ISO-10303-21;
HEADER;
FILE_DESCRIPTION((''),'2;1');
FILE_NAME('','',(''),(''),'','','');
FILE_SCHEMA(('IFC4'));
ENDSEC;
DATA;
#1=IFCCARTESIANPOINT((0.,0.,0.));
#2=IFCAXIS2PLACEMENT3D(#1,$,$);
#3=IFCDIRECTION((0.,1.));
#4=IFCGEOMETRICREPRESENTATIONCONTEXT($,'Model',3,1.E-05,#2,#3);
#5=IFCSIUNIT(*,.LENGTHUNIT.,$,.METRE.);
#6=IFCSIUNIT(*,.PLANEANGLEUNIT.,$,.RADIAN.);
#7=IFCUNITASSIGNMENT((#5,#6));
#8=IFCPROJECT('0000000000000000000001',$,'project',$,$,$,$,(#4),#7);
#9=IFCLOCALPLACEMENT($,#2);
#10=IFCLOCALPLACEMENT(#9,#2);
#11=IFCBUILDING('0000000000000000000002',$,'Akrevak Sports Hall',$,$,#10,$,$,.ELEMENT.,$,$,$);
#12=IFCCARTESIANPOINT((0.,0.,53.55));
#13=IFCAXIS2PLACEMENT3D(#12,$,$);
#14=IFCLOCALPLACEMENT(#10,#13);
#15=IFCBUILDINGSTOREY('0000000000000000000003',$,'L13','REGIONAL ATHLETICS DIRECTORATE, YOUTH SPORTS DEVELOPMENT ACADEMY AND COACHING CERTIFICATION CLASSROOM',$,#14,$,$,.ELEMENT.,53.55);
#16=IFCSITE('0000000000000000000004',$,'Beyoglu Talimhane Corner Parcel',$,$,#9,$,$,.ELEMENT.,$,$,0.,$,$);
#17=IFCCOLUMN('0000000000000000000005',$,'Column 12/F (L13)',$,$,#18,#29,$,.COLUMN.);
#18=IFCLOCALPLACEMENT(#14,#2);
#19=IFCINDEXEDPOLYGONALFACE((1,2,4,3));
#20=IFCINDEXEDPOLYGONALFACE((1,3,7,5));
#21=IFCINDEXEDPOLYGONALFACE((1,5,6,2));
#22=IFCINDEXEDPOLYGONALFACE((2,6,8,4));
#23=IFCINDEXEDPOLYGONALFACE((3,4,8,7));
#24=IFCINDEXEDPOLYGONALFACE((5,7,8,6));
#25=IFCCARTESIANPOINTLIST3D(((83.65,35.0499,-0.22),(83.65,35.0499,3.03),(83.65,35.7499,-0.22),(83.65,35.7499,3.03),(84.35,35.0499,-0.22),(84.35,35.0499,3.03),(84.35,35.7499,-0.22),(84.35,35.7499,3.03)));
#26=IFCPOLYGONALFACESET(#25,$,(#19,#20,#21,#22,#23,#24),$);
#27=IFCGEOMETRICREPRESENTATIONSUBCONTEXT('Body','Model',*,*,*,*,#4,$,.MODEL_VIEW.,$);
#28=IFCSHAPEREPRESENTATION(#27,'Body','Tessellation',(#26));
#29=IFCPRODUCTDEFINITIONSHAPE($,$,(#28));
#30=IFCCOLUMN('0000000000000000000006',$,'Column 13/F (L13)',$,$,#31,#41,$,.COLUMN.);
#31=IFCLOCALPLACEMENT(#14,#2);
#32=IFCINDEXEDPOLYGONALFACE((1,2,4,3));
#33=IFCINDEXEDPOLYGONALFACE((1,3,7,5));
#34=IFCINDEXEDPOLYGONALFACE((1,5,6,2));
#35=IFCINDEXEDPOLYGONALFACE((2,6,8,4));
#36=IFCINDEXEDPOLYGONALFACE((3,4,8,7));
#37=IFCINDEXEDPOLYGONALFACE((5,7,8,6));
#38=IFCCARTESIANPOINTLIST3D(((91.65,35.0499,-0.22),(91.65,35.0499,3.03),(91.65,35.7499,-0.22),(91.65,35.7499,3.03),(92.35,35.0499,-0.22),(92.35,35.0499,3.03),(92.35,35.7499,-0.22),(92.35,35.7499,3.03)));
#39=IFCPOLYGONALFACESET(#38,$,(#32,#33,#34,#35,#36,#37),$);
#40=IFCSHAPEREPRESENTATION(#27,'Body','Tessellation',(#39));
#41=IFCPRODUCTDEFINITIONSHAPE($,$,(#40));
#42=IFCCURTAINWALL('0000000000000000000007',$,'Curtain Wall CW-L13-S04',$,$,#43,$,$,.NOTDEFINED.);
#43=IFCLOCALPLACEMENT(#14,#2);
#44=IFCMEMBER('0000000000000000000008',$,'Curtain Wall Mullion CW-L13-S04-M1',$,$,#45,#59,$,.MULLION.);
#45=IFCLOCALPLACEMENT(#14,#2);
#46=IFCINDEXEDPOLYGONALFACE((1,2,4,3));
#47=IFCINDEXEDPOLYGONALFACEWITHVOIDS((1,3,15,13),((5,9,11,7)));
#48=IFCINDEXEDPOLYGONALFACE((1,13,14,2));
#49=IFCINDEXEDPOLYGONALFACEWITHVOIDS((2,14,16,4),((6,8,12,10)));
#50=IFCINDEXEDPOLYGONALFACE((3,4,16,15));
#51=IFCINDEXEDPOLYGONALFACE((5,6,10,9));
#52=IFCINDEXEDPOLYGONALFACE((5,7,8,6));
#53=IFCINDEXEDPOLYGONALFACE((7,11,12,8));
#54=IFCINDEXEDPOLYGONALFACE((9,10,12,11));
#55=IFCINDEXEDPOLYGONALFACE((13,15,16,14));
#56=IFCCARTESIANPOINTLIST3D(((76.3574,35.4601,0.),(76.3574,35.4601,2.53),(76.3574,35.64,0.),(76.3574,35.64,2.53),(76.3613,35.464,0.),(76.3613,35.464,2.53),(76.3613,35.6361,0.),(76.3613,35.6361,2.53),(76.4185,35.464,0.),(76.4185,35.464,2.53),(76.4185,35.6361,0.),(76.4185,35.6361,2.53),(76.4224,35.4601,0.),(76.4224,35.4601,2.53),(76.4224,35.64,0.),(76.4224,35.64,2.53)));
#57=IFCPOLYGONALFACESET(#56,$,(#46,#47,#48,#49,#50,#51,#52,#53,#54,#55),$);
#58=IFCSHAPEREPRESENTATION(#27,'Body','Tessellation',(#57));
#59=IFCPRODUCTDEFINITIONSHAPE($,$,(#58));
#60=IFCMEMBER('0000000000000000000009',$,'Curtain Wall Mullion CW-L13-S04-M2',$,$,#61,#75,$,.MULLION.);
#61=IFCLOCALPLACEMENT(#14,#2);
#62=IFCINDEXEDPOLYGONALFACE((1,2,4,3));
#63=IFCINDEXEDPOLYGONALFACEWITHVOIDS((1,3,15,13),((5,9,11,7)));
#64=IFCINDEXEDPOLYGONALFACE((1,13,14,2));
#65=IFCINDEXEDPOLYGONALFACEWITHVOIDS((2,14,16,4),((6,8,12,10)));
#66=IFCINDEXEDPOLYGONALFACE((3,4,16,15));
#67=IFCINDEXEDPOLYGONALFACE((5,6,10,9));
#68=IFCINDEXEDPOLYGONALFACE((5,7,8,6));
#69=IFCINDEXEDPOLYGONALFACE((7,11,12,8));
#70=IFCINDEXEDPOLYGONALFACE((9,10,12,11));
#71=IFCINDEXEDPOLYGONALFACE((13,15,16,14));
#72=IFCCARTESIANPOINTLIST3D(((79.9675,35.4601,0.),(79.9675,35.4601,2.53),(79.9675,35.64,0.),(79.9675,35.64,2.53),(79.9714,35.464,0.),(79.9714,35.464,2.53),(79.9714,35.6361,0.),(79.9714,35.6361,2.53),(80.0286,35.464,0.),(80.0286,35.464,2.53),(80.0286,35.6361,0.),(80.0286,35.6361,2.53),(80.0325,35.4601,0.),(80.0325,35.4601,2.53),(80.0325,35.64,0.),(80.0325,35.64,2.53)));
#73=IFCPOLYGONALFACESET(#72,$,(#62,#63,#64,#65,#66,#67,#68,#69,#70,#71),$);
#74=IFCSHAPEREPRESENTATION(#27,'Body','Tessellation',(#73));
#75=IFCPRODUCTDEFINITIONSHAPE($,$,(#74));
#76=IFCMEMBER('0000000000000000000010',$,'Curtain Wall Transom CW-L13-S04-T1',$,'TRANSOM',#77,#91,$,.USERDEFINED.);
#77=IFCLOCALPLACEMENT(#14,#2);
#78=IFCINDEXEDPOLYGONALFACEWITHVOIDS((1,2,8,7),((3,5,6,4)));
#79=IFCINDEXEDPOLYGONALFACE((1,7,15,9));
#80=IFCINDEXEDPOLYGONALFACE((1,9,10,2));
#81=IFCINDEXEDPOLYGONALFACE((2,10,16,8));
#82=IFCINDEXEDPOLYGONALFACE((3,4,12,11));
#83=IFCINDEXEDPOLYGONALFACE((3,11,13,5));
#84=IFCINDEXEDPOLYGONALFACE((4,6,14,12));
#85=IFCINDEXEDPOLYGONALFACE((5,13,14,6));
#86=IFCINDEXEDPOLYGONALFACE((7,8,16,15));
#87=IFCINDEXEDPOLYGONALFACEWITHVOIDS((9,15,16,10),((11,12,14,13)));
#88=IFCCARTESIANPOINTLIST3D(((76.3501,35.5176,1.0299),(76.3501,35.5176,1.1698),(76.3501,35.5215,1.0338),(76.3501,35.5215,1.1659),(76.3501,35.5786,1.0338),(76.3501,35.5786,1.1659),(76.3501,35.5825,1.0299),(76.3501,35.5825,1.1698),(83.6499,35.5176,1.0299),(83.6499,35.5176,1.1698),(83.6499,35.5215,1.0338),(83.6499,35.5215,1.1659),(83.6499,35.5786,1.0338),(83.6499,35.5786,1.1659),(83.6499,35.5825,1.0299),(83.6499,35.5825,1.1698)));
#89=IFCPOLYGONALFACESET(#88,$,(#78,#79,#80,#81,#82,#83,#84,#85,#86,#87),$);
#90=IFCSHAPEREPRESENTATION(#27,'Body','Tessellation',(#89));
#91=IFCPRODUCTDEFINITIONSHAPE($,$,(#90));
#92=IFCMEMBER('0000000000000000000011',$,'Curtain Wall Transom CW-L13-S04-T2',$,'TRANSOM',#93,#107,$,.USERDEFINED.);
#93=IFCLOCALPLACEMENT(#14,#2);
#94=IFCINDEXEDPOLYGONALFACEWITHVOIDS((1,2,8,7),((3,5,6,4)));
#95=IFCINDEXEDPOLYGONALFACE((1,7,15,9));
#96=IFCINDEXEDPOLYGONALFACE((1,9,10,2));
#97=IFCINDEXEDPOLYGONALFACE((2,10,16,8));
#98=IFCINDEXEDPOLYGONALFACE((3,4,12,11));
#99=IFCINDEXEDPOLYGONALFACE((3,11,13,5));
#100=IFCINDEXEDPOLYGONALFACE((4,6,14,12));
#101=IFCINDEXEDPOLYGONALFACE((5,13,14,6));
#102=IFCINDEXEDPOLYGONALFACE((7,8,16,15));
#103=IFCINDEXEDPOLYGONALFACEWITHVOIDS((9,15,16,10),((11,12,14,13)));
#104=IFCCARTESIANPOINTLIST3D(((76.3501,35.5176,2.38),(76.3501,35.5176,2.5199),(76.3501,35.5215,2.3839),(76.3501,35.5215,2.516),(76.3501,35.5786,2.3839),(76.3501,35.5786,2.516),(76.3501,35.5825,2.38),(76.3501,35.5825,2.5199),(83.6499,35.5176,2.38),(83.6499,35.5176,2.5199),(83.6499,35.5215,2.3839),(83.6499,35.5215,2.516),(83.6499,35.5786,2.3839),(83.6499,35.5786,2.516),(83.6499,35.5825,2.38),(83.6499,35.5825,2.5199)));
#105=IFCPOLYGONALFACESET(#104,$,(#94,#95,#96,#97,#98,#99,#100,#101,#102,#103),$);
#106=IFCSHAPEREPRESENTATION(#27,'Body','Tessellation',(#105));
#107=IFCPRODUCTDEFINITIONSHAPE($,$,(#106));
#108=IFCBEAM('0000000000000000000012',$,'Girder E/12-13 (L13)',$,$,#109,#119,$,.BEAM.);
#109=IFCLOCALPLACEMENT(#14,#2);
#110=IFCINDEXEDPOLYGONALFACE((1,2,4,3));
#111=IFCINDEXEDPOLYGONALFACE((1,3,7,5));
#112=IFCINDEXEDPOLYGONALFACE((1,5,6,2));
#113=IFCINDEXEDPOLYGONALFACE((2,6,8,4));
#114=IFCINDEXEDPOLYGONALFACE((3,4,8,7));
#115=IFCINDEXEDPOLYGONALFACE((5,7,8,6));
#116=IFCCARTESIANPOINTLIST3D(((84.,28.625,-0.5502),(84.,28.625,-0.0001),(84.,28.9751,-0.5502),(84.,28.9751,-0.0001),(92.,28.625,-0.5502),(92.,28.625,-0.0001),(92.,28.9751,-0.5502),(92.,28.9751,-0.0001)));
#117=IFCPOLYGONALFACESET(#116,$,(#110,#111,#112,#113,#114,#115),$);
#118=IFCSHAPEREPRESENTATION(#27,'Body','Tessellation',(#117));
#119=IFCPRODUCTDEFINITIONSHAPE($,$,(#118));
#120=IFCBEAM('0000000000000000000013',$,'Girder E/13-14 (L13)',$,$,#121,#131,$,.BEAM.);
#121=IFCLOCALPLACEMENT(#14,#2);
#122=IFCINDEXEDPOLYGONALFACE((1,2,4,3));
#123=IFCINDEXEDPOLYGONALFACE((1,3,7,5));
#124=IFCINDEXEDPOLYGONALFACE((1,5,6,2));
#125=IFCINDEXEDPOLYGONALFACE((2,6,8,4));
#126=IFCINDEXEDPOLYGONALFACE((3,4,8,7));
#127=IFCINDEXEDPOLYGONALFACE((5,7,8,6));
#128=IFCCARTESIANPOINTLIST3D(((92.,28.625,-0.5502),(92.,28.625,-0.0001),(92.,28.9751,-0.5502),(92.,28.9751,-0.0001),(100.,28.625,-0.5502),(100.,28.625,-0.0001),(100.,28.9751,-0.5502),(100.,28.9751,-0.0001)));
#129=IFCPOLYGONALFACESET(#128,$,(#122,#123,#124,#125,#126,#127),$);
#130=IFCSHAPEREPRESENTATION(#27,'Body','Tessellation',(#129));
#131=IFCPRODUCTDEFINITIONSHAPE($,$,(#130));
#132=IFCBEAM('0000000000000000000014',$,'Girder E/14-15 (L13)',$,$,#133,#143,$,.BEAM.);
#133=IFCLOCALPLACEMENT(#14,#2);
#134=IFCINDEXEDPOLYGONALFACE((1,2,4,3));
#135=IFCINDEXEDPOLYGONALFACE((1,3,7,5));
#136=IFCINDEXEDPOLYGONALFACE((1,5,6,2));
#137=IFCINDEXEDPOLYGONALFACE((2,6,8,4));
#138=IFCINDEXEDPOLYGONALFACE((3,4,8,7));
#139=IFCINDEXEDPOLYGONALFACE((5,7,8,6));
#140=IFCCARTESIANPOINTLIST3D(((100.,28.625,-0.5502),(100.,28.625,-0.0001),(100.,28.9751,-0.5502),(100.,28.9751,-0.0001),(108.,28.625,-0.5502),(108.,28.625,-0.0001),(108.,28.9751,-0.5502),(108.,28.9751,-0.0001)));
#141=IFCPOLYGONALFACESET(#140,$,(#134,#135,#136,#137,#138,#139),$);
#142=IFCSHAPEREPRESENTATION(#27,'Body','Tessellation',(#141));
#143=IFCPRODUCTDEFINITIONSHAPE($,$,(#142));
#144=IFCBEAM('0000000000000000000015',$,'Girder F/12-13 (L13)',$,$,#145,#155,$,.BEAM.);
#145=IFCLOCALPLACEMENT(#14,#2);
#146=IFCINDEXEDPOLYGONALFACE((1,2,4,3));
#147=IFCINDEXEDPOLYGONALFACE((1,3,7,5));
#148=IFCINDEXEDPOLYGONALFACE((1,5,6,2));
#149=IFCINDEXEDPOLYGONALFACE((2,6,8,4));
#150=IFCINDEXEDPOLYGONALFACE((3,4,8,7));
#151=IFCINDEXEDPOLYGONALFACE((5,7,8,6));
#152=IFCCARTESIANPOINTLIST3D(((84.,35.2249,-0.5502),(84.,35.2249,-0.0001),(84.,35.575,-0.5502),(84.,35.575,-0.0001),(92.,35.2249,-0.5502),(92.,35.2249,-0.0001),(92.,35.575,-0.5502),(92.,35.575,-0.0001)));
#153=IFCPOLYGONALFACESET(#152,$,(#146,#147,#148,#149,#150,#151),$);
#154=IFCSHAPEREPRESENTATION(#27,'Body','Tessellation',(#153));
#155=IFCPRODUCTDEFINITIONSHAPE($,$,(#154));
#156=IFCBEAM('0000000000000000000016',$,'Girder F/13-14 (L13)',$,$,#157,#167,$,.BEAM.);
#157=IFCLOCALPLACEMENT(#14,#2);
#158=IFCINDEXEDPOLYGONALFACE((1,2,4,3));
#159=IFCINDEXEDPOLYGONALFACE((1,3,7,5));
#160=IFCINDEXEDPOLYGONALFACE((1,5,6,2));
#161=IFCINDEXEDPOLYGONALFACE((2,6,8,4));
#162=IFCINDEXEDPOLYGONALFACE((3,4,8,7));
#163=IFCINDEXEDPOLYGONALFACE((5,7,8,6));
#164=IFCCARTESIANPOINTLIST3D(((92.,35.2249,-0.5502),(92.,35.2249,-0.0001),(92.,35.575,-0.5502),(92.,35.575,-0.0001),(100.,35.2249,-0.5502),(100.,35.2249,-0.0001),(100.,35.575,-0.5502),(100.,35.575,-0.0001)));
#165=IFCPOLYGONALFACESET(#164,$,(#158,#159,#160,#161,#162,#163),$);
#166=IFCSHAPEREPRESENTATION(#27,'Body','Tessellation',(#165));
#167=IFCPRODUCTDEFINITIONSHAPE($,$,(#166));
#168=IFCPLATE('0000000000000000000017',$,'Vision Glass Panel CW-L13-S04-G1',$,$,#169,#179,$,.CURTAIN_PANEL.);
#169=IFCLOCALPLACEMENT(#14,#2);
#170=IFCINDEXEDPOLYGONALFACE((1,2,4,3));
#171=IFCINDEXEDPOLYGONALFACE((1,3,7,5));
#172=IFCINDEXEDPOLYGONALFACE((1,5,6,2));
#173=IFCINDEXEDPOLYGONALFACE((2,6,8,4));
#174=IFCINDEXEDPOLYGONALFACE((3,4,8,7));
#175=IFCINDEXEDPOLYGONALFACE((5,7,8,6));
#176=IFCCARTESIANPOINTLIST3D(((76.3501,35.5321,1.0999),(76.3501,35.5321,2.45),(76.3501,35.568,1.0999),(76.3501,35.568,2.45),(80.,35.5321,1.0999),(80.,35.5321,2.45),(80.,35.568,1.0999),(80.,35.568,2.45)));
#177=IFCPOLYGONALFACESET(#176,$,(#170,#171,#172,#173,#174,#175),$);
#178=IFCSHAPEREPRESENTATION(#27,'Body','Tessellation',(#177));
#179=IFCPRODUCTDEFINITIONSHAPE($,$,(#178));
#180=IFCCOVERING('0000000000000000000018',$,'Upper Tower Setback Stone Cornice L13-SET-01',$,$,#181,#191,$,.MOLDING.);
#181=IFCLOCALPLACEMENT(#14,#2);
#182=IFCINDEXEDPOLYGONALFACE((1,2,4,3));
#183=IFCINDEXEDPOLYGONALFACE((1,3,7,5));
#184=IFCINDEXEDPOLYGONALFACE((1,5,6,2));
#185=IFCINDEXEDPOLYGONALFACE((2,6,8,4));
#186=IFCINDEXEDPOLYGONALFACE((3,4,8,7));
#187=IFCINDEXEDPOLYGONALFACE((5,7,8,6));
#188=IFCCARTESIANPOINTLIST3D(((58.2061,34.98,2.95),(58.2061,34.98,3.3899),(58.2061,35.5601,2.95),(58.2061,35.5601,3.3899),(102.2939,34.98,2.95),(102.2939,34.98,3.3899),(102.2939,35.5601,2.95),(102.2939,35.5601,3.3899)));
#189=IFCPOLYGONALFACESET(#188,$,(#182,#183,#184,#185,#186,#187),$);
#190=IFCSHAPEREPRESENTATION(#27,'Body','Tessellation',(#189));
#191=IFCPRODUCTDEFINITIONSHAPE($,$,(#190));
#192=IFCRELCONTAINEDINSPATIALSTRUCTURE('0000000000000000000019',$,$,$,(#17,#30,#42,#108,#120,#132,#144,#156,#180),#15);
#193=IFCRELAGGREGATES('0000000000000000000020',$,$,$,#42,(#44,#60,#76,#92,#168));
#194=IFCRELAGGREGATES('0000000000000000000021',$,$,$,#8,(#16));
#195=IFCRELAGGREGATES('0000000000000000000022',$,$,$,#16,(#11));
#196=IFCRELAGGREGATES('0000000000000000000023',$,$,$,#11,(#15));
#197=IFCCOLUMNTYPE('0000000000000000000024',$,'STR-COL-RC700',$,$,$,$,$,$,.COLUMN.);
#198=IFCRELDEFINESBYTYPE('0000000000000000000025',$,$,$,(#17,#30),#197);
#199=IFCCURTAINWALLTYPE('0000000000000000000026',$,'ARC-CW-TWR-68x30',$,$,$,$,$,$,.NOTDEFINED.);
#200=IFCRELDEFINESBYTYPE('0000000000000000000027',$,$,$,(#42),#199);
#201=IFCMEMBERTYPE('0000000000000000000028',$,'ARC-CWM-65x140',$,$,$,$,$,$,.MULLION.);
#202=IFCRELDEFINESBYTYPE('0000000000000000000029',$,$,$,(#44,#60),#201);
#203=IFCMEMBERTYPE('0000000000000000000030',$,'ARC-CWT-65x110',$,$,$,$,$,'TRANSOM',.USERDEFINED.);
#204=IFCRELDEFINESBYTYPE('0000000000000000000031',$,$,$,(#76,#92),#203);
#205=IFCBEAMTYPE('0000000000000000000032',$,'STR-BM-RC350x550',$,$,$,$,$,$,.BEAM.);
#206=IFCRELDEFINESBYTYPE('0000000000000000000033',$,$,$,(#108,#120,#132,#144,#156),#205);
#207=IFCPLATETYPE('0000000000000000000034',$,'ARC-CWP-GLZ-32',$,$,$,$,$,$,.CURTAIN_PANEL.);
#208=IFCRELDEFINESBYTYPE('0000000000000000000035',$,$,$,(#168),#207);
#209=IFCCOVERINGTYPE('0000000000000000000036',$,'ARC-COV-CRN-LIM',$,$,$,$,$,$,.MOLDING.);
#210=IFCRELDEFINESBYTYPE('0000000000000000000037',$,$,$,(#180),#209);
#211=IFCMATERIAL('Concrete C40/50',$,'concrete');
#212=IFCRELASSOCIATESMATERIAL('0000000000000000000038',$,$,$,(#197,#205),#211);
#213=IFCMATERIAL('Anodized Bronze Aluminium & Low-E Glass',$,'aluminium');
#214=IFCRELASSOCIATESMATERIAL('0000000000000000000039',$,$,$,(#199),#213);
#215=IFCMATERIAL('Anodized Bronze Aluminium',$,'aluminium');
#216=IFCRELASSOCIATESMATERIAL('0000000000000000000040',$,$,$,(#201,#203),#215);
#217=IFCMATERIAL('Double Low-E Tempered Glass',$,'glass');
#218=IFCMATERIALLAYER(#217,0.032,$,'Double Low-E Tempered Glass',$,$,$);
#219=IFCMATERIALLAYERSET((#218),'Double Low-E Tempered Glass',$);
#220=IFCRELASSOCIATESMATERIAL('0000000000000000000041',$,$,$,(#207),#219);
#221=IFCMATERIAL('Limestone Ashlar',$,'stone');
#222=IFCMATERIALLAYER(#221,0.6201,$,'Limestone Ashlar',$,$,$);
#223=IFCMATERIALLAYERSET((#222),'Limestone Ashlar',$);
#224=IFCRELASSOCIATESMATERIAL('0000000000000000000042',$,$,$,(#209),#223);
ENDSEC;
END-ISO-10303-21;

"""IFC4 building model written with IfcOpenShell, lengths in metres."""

from ifc_helpers import new_model, si_unit, direction, frame, origin, origin_2d, place, context, subcontext, project, spatial, rectangle, hollow_rectangle, extrude, material, layer, layer_set, material_profile, profile_set, type_object, element, aggregate, save


model = new_model("IFC4")

# Units and contexts
model_context = context("Model", 3, precision=1e-05, world=origin(), true_north=direction((0.0, 1.0)))
body_context = subcontext(model_context, "Body", "Model", "MODEL_VIEW")
ifc_project = project(units=[si_unit("LENGTHUNIT", "METRE"), si_unit("PLANEANGLEUNIT", "RADIAN")], contexts=[model_context])

# Site, building, storey
site_placement = place(None, origin())
site = spatial("IfcSite", under=ifc_project, at=site_placement, Name="Beyoglu Talimhane Corner Parcel", CompositionType="ELEMENT", RefElevation=0.0)
building_placement = place(site_placement, origin())
building = spatial("IfcBuilding", under=site, at=building_placement, Name="Akrevak Sports Hall", CompositionType="ELEMENT")
storey_placement = place(building_placement, frame((0.0, 0.0, 53.55)))
storey = spatial("IfcBuildingStorey", under=building, at=storey_placement, Name="L13", Description="REGIONAL ATHLETICS DIRECTORATE, YOUTH SPORTS DEVELOPMENT ACADEMY AND COACHING CERTIFICATION CLASSROOM", CompositionType="ELEMENT", Elevation=53.55)

# Columns
ifc_material_1 = material(Name="Concrete C40/50", Category="concrete")
ifc_material_profile_1 = material_profile(ifc_material_1, rectangle(XDim=0.7, YDim=0.7, at=origin_2d()), Name="RC 700x700", Category="concrete")
ifc_profile_set_1 = profile_set([ifc_material_profile_1], Name="Concrete C40/50")
column_type = type_object("IfcColumnType", Name="STR-COL-RC700", PredefinedType="COLUMN", material=ifc_profile_set_1)
for number, where, z_axis, x_axis, name in (
    (1, (84.0, 35.3999, -0.22), (0.0, 0.0, 1.0), (1.0, 0.0, 0.0), "Column 12/F (L13)"),
    (2, (92.0, 35.3999, -0.22), (0.0, 0.0, 1.0), (1.0, 0.0, 0.0), "Column 13/F (L13)"),
):
    element("IfcColumn", number, at=place(storey_placement, frame(where, z_axis=z_axis, x_axis=x_axis)), inside=storey, type_object=column_type, Name=name, PredefinedType="COLUMN", context=body_context, shape_type="SweptSolid", body=[
        extrude(rectangle(XDim=0.7, YDim=0.7, at=origin_2d()), origin(), (0.0, 0.0, 1.0), 3.25),
    ])

# Curtain wall, members
ifc_material_2 = material(Name="Anodized Bronze Aluminium & Low-E Glass", Category="aluminium")
curtain_wall_type = type_object("IfcCurtainWallType", Name="ARC-CW-TWR-68x30", PredefinedType="NOTDEFINED", material=ifc_material_2)
curtain_wall_placement = place(storey_placement, origin())
curtain_wall = element("IfcCurtainWall", 3, at=curtain_wall_placement, inside=storey, type_object=curtain_wall_type, Name="Curtain Wall CW-L13-S04", PredefinedType="NOTDEFINED")
ifc_material_3 = material(Name="Anodized Bronze Aluminium", Category="aluminium")
ifc_material_profile_2 = material_profile(ifc_material_3, hollow_rectangle(XDim=0.0649, YDim=0.1799, WallThickness=0.0039, at=origin_2d()), Name="CWM 65x180", Category="aluminium")
ifc_profile_set_2 = profile_set([ifc_material_profile_2], Name="Anodized Bronze Aluminium")
member_type_1 = type_object("IfcMemberType", Name="ARC-CWM-65x140", PredefinedType="MULLION", material=ifc_profile_set_2)
member_1_placement = place(storey_placement, frame((76.3899, 35.55, 0.0), z_axis=(0.0, 0.0, 1.0), x_axis=(1.0, 0.0, 0.0)))
member_1 = element("IfcMember", 4, at=member_1_placement, type_object=member_type_1, Name="Curtain Wall Mullion CW-L13-S04-M1", PredefinedType="MULLION", context=body_context, shape_type="SweptSolid", body=[
    extrude(hollow_rectangle(XDim=0.0649, YDim=0.1799, WallThickness=0.0039, at=origin_2d()), origin(), (0.0, 0.0, 1.0), 2.53),
])
member_2_placement = place(storey_placement, frame((80.0, 35.55, 0.0), z_axis=(0.0, 0.0, 1.0), x_axis=(1.0, 0.0, 0.0)))
member_2 = element("IfcMember", 5, at=member_2_placement, type_object=member_type_1, Name="Curtain Wall Mullion CW-L13-S04-M2", PredefinedType="MULLION", context=body_context, shape_type="SweptSolid", body=[
    extrude(hollow_rectangle(XDim=0.0649, YDim=0.1799, WallThickness=0.0039, at=origin_2d()), origin(), (0.0, 0.0, 1.0), 2.53),
])
ifc_material_profile_3 = material_profile(ifc_material_3, hollow_rectangle(XDim=0.0649, YDim=0.1399, WallThickness=0.0039, at=origin_2d()), Name="CWT 65x140", Category="aluminium")
ifc_profile_set_3 = profile_set([ifc_material_profile_3], Name="Anodized Bronze Aluminium")
member_type_2 = type_object("IfcMemberType", Name="ARC-CWT-65x110", ElementType="TRANSOM", PredefinedType="USERDEFINED", material=ifc_profile_set_3)
member_3_placement = place(storey_placement, frame((76.3501, 35.55, 1.0999), z_axis=(1.0, 0.0, 0.0), x_axis=(0.0, 1.0, 0.0)))
member_3 = element("IfcMember", 6, at=member_3_placement, type_object=member_type_2, Name="Curtain Wall Transom CW-L13-S04-T1", ObjectType="TRANSOM", PredefinedType="USERDEFINED", context=body_context, shape_type="SweptSolid", body=[
    extrude(hollow_rectangle(XDim=0.0649, YDim=0.1399, WallThickness=0.0039, at=origin_2d()), origin(), (0.0, 0.0, 1.0), 7.2998),
])
member_4_placement = place(storey_placement, frame((76.3501, 35.55, 2.45), z_axis=(1.0, 0.0, 0.0), x_axis=(0.0, 1.0, 0.0)))
member_4 = element("IfcMember", 7, at=member_4_placement, type_object=member_type_2, Name="Curtain Wall Transom CW-L13-S04-T2", ObjectType="TRANSOM", PredefinedType="USERDEFINED", context=body_context, shape_type="SweptSolid", body=[
    extrude(hollow_rectangle(XDim=0.0649, YDim=0.1399, WallThickness=0.0039, at=origin_2d()), origin(), (0.0, 0.0, 1.0), 7.2998),
])

# Beams
ifc_material_profile_4 = material_profile(ifc_material_1, rectangle(XDim=0.3501, YDim=0.55, at=origin_2d()), Name="BM 350x550", Category="concrete")
ifc_profile_set_4 = profile_set([ifc_material_profile_4], Name="Concrete C40/50")
beam_type = type_object("IfcBeamType", Name="STR-BM-RC350x550", PredefinedType="BEAM", material=ifc_profile_set_4)
for number, where, z_axis, x_axis, name in (
    (8, (84.0, 28.8, -0.2751), (1.0, 0.0, 0.0), (0.0, 1.0, 0.0), "Girder E/12-13 (L13)"),
    (9, (92.0, 28.8, -0.2751), (1.0, 0.0, 0.0), (0.0, 1.0, 0.0), "Girder E/13-14 (L13)"),
    (10, (100.0, 28.8, -0.2751), (1.0, 0.0, 0.0), (0.0, 1.0, 0.0), "Girder E/14-15 (L13)"),
    (11, (84.0, 35.3999, -0.2751), (1.0, 0.0, 0.0), (0.0, 1.0, 0.0), "Girder F/12-13 (L13)"),
    (12, (92.0, 35.3999, -0.2751), (1.0, 0.0, 0.0), (0.0, 1.0, 0.0), "Girder F/13-14 (L13)"),
):
    element("IfcBeam", number, at=place(storey_placement, frame(where, z_axis=z_axis, x_axis=x_axis)), inside=storey, type_object=beam_type, Name=name, PredefinedType="BEAM", context=body_context, shape_type="SweptSolid", body=[
        extrude(rectangle(XDim=0.3501, YDim=0.55, at=origin_2d()), origin(), (0.0, 0.0, 1.0), 8.0),
    ])

# Plate
ifc_material_4 = material(Name="Double Low-E Tempered Glass", Category="glass")
ifc_layer_1 = layer(ifc_material_4, 0.032, Name="Double Low-E Tempered Glass")
ifc_layer_set_1 = layer_set([ifc_layer_1], Name="Double Low-E Tempered Glass")
plate_type = type_object("IfcPlateType", Name="ARC-CWP-GLZ-32", PredefinedType="CURTAIN_PANEL", material=ifc_layer_set_1)
plate_placement = place(storey_placement, frame((78.175, 35.55, 1.0999), z_axis=(0.0, 0.0, 1.0), x_axis=(1.0, 0.0, 0.0)))
plate = element("IfcPlate", 13, at=plate_placement, type_object=plate_type, Name="Vision Glass Panel CW-L13-S04-G1", PredefinedType="CURTAIN_PANEL", context=body_context, shape_type="SweptSolid", body=[
    extrude(rectangle(XDim=3.6499, YDim=0.0359, at=origin_2d()), origin(), (0.0, 0.0, 1.0), 1.3501),
])
aggregate(curtain_wall, [member_1, member_2, member_3, member_4, plate])

# Covering
ifc_material_5 = material(Name="Limestone Ashlar", Category="stone")
ifc_layer_2 = layer(ifc_material_5, 0.6201, Name="Limestone Ashlar")
ifc_layer_set_2 = layer_set([ifc_layer_2], Name="Limestone Ashlar")
covering_type_1 = type_object("IfcCoveringType", Name="ARC-COV-CRN-LIM", PredefinedType="MOLDING", material=ifc_layer_set_2)
covering_placement = place(storey_placement, frame((80.25, 35.27, 2.95), z_axis=(0.0, 0.0, 1.0), x_axis=(1.0, 0.0, 0.0)))
element("IfcCovering", 14, at=covering_placement, inside=storey, type_object=covering_type_1, Name="Upper Tower Setback Stone Cornice L13-SET-01", PredefinedType="MOLDING", context=body_context, shape_type="SweptSolid", body=[
    extrude(rectangle(XDim=44.0879, YDim=0.5801, at=origin_2d()), origin(), (0.0, 0.0, 1.0), 0.4399),
])

save(model, "model.ifc")
